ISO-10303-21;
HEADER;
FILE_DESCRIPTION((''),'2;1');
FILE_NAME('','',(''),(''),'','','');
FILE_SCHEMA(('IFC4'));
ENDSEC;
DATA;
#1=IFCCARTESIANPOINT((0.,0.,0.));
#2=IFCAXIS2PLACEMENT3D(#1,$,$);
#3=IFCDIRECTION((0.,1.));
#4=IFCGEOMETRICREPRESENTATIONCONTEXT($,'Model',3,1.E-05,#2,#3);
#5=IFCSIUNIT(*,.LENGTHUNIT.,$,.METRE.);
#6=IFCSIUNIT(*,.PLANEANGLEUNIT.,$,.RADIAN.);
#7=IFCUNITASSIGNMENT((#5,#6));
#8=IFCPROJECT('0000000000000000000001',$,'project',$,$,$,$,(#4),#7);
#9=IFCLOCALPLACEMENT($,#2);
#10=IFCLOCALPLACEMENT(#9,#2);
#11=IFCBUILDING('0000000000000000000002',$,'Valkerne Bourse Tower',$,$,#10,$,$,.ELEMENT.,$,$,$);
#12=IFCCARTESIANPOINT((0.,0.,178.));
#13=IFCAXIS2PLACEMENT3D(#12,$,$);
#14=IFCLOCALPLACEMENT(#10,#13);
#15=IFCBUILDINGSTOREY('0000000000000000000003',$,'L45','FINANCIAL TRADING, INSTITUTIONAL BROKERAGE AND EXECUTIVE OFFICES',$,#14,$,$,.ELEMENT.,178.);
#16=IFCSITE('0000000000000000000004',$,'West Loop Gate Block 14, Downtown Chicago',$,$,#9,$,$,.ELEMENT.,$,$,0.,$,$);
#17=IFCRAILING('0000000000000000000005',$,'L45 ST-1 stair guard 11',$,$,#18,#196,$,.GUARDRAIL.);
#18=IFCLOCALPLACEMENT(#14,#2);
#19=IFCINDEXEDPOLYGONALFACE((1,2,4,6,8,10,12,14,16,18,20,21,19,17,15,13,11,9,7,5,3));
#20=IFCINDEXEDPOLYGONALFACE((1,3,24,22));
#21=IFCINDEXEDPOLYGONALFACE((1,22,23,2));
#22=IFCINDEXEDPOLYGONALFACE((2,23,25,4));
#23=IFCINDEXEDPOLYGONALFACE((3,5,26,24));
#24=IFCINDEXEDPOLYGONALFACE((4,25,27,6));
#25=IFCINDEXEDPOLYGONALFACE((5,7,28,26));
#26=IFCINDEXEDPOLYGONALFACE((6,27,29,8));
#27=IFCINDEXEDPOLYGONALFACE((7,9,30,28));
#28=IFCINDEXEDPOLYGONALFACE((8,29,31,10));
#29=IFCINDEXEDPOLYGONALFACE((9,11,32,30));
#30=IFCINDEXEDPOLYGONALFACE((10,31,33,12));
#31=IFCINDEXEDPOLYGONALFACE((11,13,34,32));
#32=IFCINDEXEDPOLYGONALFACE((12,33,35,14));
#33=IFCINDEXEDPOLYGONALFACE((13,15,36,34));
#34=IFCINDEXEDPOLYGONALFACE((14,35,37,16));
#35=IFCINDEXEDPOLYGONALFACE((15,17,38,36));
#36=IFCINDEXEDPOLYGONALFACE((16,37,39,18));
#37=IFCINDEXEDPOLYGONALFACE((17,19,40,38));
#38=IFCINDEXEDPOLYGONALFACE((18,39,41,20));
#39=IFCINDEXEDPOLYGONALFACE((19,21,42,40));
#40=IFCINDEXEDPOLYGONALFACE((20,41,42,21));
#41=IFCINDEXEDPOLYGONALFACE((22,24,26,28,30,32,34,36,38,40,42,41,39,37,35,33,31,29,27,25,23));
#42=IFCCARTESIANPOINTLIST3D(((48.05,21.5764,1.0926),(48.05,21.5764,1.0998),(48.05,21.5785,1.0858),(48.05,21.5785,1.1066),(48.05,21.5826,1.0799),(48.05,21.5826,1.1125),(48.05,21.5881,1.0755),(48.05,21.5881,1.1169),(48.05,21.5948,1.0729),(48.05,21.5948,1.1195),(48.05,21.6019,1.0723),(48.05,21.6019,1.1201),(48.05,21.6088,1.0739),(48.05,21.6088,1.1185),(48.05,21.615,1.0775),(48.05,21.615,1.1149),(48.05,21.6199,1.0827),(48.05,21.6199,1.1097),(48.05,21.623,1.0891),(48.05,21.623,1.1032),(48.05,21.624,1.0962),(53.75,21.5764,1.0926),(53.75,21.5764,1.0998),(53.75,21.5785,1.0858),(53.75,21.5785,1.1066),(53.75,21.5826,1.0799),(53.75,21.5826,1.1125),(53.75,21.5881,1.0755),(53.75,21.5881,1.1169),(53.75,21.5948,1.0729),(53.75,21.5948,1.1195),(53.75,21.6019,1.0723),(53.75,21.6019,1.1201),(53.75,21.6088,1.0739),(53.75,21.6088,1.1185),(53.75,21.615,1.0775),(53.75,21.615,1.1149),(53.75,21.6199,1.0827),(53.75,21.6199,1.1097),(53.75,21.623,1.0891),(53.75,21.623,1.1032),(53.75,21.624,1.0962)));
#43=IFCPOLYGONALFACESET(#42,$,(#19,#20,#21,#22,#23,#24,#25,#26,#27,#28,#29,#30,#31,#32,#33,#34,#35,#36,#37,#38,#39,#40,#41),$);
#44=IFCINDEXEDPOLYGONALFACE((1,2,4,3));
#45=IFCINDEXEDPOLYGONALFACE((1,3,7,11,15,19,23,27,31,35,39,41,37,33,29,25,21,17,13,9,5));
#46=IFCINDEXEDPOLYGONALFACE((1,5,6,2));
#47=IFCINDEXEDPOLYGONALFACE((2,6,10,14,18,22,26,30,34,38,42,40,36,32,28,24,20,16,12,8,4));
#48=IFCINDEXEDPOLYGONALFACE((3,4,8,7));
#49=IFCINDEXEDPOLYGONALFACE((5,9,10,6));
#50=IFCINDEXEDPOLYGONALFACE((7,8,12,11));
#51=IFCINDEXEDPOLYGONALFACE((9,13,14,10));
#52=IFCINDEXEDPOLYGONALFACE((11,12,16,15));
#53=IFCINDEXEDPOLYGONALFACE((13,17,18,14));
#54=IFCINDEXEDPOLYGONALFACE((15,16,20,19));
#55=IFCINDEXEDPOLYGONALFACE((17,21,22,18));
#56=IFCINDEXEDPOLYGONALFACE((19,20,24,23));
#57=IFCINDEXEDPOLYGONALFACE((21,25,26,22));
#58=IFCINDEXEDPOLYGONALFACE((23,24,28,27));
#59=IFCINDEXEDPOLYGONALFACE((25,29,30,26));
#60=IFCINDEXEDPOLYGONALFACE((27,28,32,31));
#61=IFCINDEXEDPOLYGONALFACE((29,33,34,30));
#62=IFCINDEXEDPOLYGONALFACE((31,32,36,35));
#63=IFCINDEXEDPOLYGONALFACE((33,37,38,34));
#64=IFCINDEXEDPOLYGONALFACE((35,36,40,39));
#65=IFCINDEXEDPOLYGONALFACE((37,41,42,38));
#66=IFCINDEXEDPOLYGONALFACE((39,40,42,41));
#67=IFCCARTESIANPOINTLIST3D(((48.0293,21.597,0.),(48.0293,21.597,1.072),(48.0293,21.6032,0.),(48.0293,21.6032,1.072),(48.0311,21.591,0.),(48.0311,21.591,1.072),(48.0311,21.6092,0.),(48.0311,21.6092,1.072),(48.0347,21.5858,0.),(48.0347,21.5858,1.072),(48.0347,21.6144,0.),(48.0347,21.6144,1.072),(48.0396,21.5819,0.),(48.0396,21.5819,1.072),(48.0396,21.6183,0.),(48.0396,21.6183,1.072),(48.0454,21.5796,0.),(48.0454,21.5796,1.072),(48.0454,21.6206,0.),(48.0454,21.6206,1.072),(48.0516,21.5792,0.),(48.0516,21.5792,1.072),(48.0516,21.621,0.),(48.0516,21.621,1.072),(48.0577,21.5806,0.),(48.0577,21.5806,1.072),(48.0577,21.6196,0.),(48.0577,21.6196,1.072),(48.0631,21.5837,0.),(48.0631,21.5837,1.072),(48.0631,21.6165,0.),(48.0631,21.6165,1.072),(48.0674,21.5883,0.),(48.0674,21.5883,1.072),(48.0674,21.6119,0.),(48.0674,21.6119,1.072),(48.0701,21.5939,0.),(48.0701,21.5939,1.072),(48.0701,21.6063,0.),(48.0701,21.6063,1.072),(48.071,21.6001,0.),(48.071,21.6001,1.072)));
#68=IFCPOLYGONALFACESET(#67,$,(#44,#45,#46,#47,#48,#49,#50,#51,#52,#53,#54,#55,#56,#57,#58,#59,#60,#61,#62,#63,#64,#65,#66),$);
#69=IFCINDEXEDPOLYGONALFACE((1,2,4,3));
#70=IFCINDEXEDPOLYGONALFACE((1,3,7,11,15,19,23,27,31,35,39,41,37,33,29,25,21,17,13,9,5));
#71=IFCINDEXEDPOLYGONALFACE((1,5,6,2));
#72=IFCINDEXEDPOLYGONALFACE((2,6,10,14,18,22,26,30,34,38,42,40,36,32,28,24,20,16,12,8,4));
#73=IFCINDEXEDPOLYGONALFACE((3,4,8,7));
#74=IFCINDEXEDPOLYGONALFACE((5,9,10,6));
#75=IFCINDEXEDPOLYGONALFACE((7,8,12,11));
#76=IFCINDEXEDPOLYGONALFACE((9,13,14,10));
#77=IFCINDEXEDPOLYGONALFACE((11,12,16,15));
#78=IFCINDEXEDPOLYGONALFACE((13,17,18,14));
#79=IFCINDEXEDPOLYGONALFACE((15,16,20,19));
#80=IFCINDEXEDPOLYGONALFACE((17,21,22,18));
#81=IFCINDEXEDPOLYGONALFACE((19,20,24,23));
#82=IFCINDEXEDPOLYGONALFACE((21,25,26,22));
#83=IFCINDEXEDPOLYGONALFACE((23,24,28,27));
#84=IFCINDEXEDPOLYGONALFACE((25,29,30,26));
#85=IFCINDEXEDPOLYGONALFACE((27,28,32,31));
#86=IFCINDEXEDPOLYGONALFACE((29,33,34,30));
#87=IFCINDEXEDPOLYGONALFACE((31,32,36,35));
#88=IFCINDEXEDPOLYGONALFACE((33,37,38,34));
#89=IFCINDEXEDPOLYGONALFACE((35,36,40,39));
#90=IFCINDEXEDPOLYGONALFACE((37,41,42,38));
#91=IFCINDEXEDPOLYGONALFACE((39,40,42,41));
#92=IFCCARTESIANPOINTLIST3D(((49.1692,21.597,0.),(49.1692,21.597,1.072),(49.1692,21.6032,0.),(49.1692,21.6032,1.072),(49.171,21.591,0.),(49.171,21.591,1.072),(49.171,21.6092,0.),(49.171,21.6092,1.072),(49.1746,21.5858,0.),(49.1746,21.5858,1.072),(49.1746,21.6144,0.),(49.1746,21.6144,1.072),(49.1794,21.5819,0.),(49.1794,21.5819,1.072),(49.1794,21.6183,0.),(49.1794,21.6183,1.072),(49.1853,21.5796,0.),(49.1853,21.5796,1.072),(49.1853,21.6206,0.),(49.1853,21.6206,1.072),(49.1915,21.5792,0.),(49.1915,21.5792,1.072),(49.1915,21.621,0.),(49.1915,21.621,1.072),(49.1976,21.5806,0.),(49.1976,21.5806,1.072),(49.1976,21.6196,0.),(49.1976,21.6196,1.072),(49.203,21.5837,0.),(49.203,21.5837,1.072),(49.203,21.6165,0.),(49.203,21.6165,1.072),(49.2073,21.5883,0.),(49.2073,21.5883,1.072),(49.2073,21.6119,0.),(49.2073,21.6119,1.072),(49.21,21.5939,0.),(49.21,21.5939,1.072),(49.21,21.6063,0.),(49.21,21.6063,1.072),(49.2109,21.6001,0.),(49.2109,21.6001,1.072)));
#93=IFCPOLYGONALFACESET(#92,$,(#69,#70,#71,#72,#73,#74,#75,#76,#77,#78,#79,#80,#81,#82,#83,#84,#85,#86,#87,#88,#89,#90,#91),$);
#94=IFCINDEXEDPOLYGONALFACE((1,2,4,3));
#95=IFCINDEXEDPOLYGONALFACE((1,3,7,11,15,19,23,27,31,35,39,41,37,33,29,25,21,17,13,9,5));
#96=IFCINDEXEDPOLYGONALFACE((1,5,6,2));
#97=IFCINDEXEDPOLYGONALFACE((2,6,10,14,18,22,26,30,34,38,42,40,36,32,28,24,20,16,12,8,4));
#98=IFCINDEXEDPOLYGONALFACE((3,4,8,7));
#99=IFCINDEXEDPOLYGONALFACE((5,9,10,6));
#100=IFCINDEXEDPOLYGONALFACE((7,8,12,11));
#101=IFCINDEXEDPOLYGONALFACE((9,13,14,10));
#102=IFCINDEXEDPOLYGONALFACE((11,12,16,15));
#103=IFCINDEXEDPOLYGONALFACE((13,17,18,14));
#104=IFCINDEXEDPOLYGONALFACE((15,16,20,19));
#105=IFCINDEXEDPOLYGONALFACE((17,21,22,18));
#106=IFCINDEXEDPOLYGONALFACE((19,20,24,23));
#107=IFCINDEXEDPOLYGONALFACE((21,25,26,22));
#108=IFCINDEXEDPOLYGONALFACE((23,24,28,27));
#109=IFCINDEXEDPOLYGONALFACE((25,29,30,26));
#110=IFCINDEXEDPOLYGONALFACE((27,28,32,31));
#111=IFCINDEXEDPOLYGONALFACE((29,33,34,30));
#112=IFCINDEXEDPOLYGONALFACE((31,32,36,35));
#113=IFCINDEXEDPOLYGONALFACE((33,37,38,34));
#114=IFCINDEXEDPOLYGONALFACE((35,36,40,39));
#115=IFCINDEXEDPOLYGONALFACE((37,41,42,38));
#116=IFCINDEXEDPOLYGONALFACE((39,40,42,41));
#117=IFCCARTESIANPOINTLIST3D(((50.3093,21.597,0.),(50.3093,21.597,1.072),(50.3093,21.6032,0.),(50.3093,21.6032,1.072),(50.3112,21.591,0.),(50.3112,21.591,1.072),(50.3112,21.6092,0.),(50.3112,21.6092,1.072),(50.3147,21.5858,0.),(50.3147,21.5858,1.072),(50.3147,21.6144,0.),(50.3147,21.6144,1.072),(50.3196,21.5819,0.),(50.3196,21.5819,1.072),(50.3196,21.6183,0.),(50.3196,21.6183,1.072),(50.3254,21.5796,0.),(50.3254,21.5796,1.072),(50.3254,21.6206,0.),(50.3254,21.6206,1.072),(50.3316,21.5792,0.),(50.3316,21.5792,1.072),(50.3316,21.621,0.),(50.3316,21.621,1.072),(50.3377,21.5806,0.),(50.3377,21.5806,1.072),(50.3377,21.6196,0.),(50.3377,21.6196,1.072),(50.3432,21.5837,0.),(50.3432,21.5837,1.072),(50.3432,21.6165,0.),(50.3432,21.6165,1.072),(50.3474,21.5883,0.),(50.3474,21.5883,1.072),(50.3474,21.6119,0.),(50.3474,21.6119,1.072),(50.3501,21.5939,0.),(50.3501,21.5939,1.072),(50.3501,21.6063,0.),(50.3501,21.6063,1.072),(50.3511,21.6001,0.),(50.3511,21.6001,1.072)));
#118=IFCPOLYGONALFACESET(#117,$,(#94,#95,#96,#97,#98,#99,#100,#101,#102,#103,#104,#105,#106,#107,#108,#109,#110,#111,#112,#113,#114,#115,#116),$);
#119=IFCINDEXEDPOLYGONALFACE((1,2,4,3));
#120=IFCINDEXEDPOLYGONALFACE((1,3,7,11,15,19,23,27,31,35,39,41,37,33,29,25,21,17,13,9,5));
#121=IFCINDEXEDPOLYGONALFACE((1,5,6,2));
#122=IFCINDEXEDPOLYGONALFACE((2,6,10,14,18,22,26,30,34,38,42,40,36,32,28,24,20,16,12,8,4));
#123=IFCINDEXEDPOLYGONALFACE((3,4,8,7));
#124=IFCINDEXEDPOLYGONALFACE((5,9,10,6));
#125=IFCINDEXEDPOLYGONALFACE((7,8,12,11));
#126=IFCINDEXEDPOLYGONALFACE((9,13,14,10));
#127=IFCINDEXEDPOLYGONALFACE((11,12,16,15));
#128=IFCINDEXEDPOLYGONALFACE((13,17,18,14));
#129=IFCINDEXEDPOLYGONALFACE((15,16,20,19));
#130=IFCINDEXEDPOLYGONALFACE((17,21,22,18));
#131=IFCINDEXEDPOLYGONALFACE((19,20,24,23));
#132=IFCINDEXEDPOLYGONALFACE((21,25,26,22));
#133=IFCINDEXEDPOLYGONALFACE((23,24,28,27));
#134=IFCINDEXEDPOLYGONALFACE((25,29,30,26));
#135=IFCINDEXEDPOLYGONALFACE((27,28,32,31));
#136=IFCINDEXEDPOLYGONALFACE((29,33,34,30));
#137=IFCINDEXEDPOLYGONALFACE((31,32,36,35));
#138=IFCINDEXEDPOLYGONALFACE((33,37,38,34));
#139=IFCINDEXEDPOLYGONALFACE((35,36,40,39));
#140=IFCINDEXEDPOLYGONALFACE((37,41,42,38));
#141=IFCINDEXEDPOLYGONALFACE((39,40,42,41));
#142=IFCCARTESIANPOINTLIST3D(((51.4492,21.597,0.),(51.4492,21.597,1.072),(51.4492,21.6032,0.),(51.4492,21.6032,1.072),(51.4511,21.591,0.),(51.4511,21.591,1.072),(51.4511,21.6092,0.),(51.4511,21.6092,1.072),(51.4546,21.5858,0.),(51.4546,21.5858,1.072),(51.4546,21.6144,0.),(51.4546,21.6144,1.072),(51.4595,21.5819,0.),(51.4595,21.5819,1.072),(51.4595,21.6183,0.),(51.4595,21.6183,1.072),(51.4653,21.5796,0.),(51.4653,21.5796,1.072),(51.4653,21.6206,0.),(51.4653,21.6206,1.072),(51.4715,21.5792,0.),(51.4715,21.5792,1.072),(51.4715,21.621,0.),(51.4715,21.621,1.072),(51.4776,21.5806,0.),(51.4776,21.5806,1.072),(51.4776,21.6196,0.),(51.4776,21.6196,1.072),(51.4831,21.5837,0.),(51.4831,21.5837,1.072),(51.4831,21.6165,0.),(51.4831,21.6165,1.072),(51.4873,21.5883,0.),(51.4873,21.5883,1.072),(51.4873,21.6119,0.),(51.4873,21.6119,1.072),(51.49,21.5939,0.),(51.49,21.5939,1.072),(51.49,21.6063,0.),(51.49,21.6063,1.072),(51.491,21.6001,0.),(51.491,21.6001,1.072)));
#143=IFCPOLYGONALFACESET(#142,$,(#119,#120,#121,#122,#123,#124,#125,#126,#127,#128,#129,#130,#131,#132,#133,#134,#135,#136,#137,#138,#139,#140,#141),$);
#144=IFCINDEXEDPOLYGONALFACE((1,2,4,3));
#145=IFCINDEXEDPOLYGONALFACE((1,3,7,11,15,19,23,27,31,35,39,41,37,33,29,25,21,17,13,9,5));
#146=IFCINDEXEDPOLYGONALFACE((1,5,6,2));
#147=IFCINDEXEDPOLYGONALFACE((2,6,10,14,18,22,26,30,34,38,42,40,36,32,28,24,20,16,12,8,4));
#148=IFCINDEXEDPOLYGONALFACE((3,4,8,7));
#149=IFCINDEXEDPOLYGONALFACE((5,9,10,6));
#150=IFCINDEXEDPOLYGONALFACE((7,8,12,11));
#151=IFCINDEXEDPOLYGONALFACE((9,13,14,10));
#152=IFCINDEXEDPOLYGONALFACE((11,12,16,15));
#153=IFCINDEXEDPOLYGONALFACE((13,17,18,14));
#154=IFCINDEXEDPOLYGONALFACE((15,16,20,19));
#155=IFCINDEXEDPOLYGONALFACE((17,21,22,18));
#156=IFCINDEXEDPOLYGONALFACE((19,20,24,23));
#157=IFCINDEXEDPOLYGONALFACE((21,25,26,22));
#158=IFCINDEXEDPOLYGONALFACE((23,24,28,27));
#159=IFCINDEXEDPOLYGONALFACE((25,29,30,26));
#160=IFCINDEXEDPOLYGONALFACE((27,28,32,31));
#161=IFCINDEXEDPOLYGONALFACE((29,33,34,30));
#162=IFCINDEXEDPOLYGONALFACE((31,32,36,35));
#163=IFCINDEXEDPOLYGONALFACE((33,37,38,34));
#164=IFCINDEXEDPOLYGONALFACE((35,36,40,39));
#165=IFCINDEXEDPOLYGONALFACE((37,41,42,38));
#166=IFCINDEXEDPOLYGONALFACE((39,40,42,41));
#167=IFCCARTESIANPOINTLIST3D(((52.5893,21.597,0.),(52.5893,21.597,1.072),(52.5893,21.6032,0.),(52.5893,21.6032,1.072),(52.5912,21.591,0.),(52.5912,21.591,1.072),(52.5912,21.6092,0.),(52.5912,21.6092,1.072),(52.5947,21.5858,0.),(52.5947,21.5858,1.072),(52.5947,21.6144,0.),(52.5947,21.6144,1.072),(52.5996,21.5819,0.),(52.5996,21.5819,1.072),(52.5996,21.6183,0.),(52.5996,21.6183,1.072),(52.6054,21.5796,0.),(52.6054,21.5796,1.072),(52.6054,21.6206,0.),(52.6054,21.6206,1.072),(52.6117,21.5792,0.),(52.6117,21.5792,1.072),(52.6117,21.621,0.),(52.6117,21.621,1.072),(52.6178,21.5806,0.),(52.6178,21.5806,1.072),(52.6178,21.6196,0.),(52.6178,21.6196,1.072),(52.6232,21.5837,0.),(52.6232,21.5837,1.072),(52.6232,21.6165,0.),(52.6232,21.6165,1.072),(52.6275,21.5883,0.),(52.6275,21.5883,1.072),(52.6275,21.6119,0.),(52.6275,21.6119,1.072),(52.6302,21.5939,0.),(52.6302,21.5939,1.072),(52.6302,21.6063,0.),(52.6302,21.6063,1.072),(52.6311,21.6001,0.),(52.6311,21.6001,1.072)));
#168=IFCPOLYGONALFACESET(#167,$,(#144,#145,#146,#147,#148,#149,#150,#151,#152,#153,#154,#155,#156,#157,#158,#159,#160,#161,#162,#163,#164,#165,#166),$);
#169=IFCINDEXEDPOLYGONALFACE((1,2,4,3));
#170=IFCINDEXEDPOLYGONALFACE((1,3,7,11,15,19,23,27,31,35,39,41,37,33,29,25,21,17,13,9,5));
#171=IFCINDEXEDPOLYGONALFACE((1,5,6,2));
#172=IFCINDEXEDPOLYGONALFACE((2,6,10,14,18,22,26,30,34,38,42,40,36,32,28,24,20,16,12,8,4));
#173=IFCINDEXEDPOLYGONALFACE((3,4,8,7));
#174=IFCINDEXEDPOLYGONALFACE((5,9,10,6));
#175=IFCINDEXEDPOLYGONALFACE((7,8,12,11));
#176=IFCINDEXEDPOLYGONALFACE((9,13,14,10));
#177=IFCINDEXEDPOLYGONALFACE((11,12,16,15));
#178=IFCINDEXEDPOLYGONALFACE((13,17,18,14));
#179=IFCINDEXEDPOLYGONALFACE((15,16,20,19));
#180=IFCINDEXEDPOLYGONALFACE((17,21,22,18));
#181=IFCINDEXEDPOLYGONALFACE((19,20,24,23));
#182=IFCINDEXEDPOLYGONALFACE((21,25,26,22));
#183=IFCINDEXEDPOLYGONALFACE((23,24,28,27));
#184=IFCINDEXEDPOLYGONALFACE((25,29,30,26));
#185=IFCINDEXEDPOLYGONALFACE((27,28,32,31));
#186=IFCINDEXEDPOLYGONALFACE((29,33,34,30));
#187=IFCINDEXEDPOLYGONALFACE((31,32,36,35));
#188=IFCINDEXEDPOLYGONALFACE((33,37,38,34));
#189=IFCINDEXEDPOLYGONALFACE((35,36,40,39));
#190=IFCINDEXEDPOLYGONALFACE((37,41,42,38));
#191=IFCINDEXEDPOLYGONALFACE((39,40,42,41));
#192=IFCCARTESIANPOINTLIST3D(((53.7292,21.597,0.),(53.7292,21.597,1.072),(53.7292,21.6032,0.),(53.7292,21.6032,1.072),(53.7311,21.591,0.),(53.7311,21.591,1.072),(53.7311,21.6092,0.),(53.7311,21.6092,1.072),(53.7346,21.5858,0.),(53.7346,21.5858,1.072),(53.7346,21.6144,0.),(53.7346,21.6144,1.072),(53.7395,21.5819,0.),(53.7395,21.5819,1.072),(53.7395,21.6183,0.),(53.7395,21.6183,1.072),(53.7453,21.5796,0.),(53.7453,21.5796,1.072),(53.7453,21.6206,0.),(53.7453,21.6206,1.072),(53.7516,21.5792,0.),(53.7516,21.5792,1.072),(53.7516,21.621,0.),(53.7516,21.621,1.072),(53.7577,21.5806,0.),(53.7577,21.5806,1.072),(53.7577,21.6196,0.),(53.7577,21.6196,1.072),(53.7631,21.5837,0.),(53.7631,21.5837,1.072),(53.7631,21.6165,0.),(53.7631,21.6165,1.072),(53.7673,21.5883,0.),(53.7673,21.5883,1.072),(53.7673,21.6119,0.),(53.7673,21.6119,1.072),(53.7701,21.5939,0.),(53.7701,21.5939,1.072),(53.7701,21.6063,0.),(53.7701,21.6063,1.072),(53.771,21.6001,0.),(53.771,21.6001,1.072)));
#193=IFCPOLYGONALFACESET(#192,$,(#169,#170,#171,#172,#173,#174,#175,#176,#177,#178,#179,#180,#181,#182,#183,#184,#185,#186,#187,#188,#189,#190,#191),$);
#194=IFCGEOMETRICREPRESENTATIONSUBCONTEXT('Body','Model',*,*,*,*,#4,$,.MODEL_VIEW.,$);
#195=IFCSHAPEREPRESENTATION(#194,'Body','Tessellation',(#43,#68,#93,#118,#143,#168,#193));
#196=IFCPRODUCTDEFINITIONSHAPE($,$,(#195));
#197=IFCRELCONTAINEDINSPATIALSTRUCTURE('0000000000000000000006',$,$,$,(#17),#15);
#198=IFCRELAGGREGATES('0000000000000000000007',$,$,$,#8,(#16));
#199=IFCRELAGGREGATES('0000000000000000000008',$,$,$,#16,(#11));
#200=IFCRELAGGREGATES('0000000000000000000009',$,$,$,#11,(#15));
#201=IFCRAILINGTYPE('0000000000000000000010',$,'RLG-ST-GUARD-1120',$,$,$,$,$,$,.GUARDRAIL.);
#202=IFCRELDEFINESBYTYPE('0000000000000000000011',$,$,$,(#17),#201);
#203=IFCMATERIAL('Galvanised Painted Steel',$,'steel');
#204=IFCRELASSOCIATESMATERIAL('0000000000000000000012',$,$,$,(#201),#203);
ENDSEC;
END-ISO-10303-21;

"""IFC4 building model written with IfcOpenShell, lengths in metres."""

from ifc_helpers import new_model, si_unit, direction, frame, origin, origin_2d, place, context, subcontext, project, spatial, circle, extrude, material, type_object, element, save


model = new_model("IFC4")

# Units and contexts
model_context = context("Model", 3, precision=1e-05, world=origin(), true_north=direction((0.0, 1.0)))
body_context = subcontext(model_context, "Body", "Model", "MODEL_VIEW")
ifc_project = project(units=[si_unit("LENGTHUNIT", "METRE"), si_unit("PLANEANGLEUNIT", "RADIAN")], contexts=[model_context])

# Site, building, storey
site_placement = place(None, origin())
site = spatial("IfcSite", under=ifc_project, at=site_placement, Name="West Loop Gate Block 14, Downtown Chicago", CompositionType="ELEMENT", RefElevation=0.0)
building_placement = place(site_placement, origin())
building = spatial("IfcBuilding", under=site, at=building_placement, Name="Valkerne Bourse Tower", CompositionType="ELEMENT")
storey_placement = place(building_placement, frame((0.0, 0.0, 178.0)))
storey = spatial("IfcBuildingStorey", under=building, at=storey_placement, Name="L45", Description="FINANCIAL TRADING, INSTITUTIONAL BROKERAGE AND EXECUTIVE OFFICES", CompositionType="ELEMENT", Elevation=178.0)

# Shared definitions
ifc_material_1 = material(Name="Galvanised Painted Steel", Category="steel")

# Railing
railing_type_1 = type_object("IfcRailingType", Name="RLG-ST-GUARD-1120", PredefinedType="GUARDRAIL", material=ifc_material_1)
for number, where, name in (
    (1, (48.05, 21.6001, 0.0), "L45 ST-1 stair guard 11"),
):
    element("IfcRailing", number, at=place(storey_placement, frame(where)), inside=storey, type_object=railing_type_1, Name=name, PredefinedType="GUARDRAIL", context=body_context, shape_type="SweptSolid", body=[
        extrude(circle(Radius=0.0239, at=origin_2d()), frame((0.0, 0.0, 1.0962), z_axis=(1.0, 0.0, 0.0), x_axis=(0.0, 1.0, 0.0)), (0.0, 0.0, 1.0), 5.7),
        extrude(circle(Radius=0.021, at=origin_2d()), origin(), (0.0, 0.0, 1.0), 1.072),
        extrude(circle(Radius=0.021, at=origin_2d()), frame((1.1399, 0.0, 0.0)), (0.0, 0.0, 1.0), 1.072),
        extrude(circle(Radius=0.021, at=origin_2d()), frame((2.28, 0.0, 0.0)), (0.0, 0.0, 1.0), 1.072),
        extrude(circle(Radius=0.021, at=origin_2d()), frame((3.4199, 0.0, 0.0)), (0.0, 0.0, 1.0), 1.072),
        extrude(circle(Radius=0.021, at=origin_2d()), frame((4.5601, 0.0, 0.0)), (0.0, 0.0, 1.0), 1.072),
        extrude(circle(Radius=0.021, at=origin_2d()), frame((5.7, 0.0, 0.0)), (0.0, 0.0, 1.0), 1.072),
    ])

save(model, "model.ifc")
